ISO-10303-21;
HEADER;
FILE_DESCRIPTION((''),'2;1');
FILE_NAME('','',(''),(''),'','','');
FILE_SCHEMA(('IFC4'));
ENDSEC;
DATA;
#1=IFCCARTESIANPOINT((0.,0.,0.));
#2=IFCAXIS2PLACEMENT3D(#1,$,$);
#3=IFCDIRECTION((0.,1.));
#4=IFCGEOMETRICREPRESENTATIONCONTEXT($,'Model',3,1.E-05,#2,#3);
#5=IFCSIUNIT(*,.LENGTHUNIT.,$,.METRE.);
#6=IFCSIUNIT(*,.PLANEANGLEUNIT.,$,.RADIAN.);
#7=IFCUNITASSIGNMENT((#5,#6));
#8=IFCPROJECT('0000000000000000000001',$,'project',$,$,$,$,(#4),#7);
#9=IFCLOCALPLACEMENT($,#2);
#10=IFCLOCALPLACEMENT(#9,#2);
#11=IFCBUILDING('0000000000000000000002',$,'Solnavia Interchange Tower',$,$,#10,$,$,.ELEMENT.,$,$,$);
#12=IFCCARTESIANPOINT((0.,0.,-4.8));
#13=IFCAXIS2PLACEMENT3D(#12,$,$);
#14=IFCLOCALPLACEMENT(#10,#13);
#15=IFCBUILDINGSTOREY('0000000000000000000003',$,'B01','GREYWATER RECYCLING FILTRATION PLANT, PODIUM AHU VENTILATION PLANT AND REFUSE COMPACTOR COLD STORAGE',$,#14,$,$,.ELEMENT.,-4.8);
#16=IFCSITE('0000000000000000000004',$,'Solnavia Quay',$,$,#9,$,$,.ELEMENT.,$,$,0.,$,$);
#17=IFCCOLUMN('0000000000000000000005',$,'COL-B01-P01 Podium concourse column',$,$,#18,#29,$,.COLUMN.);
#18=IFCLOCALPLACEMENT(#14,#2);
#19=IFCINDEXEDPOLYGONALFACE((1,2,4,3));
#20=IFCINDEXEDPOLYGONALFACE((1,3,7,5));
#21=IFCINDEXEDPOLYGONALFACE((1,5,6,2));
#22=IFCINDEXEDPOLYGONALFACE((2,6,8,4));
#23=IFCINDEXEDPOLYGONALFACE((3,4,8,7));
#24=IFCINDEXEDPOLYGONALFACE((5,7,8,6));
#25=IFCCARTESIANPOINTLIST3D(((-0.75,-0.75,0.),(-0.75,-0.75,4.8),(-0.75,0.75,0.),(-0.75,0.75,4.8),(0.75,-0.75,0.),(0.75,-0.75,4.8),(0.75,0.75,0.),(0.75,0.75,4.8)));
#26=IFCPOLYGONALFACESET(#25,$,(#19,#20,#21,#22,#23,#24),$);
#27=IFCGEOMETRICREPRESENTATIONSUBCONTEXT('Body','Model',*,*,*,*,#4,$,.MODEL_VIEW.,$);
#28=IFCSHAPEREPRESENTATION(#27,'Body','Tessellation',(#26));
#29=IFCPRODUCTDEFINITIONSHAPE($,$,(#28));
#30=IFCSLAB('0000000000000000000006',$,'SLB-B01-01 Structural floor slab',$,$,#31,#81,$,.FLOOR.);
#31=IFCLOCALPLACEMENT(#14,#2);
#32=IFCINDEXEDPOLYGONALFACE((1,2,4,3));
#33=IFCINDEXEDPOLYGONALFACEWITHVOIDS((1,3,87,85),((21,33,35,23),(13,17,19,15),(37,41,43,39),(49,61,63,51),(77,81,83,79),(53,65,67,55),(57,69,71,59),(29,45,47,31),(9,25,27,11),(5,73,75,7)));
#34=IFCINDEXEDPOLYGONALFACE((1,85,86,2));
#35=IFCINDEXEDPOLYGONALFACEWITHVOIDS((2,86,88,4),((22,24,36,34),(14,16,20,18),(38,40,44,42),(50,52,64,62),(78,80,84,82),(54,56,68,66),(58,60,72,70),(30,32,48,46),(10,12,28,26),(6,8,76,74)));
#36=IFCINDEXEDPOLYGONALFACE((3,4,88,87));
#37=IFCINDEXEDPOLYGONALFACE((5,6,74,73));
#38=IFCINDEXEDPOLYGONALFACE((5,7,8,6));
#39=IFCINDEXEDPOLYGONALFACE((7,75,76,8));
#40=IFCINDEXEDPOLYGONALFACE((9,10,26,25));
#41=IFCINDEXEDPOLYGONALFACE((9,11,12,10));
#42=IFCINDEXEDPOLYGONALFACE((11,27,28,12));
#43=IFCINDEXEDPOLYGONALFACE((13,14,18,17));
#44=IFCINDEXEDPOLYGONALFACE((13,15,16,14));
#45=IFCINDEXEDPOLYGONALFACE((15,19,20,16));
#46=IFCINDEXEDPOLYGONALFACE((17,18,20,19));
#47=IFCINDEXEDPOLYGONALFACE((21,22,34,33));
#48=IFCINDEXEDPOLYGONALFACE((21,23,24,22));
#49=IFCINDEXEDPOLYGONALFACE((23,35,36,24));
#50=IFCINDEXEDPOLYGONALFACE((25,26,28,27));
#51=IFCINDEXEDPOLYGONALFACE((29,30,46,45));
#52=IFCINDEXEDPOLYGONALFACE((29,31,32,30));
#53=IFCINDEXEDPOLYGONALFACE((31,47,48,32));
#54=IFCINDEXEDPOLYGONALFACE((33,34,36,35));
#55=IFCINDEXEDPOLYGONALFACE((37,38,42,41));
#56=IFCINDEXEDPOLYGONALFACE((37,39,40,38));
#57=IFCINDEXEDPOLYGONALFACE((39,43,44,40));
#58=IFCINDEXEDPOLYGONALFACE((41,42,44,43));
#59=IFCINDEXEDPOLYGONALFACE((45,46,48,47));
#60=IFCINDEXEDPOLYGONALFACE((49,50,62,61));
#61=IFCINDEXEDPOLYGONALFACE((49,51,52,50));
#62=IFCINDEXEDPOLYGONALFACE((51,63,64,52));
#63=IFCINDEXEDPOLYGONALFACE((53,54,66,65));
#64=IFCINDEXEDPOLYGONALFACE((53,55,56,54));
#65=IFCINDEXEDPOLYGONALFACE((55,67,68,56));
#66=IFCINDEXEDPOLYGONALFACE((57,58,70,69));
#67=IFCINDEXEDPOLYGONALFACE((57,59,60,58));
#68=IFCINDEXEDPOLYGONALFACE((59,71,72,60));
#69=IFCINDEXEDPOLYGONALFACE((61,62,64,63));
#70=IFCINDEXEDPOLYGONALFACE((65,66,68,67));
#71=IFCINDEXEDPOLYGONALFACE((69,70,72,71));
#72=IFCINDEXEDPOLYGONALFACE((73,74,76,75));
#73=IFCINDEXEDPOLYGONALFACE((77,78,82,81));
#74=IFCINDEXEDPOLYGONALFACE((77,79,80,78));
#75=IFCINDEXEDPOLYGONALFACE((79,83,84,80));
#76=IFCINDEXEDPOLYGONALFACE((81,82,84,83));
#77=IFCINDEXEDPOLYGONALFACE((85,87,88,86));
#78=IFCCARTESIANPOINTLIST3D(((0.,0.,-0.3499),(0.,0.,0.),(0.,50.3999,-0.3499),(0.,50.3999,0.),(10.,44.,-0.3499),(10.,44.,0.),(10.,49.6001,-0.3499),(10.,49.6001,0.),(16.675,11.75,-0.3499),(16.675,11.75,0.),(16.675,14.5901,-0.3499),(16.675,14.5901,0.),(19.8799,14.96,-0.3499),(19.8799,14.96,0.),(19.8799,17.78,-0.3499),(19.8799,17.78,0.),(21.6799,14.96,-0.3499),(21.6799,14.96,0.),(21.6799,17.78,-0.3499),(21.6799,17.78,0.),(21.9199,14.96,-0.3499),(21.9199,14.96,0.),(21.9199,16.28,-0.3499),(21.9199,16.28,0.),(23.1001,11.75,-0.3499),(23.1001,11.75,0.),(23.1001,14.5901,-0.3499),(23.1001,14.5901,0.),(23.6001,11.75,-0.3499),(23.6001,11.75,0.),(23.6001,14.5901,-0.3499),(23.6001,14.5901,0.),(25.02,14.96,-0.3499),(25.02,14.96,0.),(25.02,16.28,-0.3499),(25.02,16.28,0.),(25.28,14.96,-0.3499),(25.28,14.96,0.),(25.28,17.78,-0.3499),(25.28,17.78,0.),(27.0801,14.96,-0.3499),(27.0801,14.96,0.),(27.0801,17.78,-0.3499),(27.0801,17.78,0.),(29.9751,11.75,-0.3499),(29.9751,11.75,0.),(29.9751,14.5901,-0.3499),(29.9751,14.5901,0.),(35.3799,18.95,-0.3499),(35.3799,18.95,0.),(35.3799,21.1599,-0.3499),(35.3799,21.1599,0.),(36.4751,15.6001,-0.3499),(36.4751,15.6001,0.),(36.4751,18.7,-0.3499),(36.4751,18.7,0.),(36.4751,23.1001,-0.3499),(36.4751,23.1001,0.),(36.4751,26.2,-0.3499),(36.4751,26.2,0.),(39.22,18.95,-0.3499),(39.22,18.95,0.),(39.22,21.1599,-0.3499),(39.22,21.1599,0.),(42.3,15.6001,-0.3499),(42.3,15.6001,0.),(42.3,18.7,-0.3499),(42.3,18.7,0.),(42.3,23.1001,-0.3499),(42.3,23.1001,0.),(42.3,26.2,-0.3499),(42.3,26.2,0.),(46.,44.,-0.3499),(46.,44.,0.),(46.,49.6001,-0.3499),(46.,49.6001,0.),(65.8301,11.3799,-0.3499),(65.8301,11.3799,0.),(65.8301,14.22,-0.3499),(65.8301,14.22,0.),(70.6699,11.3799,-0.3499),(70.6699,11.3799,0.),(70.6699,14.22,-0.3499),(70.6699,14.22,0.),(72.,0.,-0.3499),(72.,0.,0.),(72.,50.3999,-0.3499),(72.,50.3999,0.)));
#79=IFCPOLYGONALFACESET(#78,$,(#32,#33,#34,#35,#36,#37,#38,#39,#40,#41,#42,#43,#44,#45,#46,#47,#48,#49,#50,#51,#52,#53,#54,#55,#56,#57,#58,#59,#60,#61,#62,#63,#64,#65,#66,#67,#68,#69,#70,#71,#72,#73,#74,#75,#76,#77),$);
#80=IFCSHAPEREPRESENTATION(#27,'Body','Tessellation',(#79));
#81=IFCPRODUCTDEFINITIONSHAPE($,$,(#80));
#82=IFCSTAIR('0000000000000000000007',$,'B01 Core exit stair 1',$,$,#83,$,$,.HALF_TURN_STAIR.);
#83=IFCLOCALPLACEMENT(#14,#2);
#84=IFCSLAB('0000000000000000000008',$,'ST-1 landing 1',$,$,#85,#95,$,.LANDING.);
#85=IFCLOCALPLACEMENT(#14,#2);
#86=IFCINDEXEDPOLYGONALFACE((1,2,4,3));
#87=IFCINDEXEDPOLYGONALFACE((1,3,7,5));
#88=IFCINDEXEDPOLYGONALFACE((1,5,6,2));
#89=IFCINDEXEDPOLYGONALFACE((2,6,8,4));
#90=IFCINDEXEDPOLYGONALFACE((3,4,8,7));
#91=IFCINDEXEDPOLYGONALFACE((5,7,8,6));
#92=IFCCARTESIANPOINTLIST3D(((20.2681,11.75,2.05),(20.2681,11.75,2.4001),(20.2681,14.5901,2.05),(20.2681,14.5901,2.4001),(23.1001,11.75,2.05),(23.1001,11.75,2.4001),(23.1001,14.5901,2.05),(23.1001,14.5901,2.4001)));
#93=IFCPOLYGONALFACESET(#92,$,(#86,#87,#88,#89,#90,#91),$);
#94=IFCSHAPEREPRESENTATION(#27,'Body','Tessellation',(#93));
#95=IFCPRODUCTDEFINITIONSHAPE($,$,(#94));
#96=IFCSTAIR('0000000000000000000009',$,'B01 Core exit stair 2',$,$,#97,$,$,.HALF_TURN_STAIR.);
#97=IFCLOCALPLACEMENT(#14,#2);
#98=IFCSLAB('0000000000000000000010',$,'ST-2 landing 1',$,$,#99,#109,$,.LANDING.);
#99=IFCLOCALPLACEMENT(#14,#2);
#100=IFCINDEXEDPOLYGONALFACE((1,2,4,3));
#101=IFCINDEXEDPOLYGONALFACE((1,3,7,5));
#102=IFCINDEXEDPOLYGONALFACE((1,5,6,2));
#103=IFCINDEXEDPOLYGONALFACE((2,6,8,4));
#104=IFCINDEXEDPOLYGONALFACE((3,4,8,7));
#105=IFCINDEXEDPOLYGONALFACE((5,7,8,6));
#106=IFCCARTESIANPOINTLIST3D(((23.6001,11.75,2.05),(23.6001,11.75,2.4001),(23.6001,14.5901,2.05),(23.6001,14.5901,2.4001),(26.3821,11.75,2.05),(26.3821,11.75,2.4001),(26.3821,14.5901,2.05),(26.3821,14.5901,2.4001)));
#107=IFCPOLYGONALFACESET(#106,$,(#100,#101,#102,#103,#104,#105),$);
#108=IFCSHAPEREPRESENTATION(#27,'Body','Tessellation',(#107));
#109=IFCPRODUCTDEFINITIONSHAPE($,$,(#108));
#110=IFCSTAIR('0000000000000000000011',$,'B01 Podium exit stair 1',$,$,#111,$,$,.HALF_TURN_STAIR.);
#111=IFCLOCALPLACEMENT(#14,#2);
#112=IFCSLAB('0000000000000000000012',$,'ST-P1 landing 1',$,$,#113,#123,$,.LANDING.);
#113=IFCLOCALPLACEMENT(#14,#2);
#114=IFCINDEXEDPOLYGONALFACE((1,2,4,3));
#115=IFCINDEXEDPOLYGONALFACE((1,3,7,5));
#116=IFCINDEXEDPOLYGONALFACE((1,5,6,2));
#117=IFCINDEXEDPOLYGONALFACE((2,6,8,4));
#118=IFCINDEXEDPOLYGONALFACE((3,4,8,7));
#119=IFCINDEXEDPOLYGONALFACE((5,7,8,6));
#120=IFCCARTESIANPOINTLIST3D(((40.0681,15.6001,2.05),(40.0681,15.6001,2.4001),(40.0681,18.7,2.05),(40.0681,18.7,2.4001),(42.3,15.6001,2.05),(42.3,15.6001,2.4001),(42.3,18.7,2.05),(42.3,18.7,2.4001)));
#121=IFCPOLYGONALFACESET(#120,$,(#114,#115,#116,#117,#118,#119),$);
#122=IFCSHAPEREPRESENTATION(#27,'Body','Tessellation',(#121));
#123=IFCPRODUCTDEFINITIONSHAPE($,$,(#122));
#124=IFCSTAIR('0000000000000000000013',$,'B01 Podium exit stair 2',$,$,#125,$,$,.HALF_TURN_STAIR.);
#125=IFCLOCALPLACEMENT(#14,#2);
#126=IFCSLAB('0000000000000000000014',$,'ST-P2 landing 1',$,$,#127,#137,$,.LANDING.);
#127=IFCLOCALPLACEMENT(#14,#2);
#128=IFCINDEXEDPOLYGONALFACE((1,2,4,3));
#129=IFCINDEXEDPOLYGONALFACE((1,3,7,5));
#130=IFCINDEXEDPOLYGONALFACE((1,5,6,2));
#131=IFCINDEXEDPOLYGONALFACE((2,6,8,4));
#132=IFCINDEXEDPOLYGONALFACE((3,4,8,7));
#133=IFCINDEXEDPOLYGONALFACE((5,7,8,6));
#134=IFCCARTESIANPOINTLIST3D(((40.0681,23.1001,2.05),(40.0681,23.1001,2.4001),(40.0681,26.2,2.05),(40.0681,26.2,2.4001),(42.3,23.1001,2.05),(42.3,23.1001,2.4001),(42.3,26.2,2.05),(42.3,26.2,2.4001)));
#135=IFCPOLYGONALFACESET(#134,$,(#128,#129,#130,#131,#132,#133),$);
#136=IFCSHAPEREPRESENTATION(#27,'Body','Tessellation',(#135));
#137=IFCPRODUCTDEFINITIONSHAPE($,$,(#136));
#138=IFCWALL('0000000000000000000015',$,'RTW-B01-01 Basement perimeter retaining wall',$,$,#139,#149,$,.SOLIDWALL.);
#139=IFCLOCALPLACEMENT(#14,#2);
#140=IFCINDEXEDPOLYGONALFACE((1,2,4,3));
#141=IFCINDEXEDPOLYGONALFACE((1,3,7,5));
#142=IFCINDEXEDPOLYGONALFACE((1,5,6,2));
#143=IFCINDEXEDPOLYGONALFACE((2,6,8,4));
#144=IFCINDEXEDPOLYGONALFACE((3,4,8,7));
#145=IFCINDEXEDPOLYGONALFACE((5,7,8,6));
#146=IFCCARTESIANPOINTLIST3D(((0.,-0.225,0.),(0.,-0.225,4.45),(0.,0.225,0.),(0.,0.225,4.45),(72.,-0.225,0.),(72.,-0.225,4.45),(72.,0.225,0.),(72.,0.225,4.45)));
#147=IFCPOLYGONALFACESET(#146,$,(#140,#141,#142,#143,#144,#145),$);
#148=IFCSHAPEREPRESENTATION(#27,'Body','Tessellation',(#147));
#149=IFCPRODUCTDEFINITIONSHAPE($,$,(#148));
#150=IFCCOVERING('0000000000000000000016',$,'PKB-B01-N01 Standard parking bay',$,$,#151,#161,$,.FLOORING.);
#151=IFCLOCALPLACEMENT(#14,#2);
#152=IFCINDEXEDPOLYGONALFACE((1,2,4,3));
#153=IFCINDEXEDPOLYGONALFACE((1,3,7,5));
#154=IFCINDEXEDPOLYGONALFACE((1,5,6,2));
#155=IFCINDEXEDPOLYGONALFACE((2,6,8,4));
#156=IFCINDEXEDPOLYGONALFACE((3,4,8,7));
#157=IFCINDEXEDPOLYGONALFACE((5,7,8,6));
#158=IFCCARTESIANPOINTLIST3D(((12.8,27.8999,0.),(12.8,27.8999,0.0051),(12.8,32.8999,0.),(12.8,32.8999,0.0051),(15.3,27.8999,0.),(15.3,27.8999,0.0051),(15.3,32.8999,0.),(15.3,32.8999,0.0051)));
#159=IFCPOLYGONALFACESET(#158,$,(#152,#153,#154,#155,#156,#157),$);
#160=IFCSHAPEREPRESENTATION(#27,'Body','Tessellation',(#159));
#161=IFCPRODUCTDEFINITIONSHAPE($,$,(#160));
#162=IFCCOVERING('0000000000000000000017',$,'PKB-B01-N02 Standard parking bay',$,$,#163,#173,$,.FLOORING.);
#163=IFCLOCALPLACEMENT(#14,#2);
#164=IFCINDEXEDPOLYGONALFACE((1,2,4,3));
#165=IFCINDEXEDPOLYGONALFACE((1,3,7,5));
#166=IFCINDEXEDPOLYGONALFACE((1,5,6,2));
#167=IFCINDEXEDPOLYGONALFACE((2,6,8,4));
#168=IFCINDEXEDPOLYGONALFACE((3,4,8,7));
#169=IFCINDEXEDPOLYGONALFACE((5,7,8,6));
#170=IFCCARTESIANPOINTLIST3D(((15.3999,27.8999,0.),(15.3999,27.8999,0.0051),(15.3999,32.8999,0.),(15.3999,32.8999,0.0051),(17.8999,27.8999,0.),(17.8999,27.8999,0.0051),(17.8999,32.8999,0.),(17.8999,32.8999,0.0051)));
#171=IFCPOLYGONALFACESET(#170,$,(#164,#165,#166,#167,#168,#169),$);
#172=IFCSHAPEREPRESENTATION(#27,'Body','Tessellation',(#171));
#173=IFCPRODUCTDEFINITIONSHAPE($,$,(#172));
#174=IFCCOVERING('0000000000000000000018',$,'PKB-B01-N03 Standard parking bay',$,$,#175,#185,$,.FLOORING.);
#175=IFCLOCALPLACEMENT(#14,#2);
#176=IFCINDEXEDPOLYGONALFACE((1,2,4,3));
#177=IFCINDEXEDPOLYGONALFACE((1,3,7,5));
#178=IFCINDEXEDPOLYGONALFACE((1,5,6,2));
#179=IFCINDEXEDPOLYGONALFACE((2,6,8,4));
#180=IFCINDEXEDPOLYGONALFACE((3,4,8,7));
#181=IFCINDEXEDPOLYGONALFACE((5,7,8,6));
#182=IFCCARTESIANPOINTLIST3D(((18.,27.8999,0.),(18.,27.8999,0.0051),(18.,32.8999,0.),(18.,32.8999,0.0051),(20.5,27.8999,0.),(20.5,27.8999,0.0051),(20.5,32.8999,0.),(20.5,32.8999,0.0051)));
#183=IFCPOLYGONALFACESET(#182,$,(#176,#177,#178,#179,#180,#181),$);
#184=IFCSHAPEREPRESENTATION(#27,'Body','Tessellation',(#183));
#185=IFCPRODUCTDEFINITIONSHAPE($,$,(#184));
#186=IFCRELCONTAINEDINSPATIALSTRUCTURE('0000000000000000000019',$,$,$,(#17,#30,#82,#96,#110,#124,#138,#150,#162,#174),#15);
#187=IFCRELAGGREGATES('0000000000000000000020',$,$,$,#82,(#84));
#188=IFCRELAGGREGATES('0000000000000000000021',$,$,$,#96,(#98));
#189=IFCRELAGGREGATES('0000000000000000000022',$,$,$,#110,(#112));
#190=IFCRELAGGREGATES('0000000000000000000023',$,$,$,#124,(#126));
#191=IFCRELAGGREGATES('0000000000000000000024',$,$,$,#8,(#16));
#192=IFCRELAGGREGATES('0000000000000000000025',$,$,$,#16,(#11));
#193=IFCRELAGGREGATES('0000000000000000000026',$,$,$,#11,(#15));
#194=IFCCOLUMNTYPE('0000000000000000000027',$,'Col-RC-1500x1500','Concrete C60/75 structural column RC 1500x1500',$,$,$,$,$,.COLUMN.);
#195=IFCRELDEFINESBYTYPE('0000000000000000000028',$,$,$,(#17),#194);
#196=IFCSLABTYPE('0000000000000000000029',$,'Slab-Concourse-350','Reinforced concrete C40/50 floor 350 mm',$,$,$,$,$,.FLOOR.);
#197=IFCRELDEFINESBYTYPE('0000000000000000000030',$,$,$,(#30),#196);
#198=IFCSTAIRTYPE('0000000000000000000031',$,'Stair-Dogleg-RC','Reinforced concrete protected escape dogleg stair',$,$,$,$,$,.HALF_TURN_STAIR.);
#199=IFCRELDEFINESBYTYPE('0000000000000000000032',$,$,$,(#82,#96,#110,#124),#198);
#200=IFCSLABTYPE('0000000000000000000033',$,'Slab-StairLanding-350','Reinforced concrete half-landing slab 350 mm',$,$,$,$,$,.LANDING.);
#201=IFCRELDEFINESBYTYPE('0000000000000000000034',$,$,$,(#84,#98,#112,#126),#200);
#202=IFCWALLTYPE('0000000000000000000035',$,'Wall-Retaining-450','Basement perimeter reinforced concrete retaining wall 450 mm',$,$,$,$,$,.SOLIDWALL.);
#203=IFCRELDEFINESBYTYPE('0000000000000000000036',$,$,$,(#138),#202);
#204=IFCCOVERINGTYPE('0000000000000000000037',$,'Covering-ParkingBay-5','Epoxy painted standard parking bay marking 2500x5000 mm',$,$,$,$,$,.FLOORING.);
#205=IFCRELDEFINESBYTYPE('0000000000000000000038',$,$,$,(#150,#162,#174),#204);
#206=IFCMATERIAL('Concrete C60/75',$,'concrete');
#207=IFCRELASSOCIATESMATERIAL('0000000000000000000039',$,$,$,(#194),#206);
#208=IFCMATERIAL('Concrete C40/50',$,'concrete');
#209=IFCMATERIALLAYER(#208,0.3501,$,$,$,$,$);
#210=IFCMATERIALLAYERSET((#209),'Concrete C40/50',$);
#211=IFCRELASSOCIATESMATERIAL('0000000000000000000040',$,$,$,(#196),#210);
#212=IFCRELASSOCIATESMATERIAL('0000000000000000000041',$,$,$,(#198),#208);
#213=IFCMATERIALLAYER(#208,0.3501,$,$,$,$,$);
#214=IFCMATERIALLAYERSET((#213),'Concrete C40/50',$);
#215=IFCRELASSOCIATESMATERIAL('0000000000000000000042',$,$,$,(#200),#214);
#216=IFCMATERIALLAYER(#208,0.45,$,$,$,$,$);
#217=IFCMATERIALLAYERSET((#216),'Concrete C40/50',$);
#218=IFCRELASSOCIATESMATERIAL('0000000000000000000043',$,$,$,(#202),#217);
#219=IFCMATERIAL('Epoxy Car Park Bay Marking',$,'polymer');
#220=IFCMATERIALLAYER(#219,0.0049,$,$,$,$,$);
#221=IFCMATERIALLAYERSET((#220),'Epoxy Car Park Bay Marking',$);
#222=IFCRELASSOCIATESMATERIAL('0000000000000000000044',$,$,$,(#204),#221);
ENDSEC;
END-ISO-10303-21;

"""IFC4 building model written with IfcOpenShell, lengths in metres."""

from ifc_helpers import new_model, si_unit, direction, frame, frame_2d, origin, origin_with_axes, origin_2d, place, context, subcontext, project, spatial, polyline, rectangle, outline, extrude, material, layer, layer_set, material_profile, profile_set, type_object, element, aggregate, save


model = new_model("IFC4")

# Units and contexts
model_context = context("Model", 3, precision=1e-05, world=origin(), true_north=direction((0.0, 1.0)))
body_context = subcontext(model_context, "Body", "Model", "MODEL_VIEW")
ifc_project = project(units=[si_unit("LENGTHUNIT", "METRE"), si_unit("PLANEANGLEUNIT", "RADIAN")], contexts=[model_context])

# Site, building, storey
site_placement = place(None, origin())
site = spatial("IfcSite", under=ifc_project, at=site_placement, Name="Solnavia Quay", CompositionType="ELEMENT", RefElevation=0.0)
building_placement = place(site_placement, origin())
building = spatial("IfcBuilding", under=site, at=building_placement, Name="Solnavia Interchange Tower", CompositionType="ELEMENT")
storey_placement = place(building_placement, frame((0.0, 0.0, -4.8)))
storey = spatial("IfcBuildingStorey", under=building, at=storey_placement, Name="B01", Description="GREYWATER RECYCLING FILTRATION PLANT, PODIUM AHU VENTILATION PLANT AND REFUSE COMPACTOR COLD STORAGE", CompositionType="ELEMENT", Elevation=-4.8)

# Column
ifc_material_1 = material(Name="Concrete C60/75", Category="concrete")
ifc_material_profile = material_profile(ifc_material_1, rectangle(XDim=1.5, YDim=1.5, at=origin_2d()), Name="RC 1500x1500")
ifc_profile_set = profile_set([ifc_material_profile], Name="Concrete C60/75")
column_type = type_object("IfcColumnType", Name="Col-RC-1500x1500", Description="Concrete C60/75 structural column RC 1500x1500", PredefinedType="COLUMN", material=ifc_profile_set)
column_placement = place(storey_placement, origin_with_axes())
element("IfcColumn", 1, at=column_placement, inside=storey, type_object=column_type, Name="COL-B01-P01 Podium concourse column", PredefinedType="COLUMN", context=body_context, shape_type="SweptSolid", body=[
    extrude(rectangle(XDim=1.5, YDim=1.5, at=origin_2d()), origin(), (0.0, 0.0, 1.0), 4.8),
])

# Slab
ifc_material_2 = material(Name="Concrete C40/50", Category="concrete")
ifc_layer_1 = layer(ifc_material_2, 0.3501)
ifc_layer_set_1 = layer_set([ifc_layer_1], Name="Concrete C40/50")
slab_type_1 = type_object("IfcSlabType", Name="Slab-Concourse-350", Description="Reinforced concrete C40/50 floor 350 mm", PredefinedType="FLOOR", material=ifc_layer_set_1)
slab_1_placement = place(storey_placement, frame((0.0, 0.0, -0.3499)))
element("IfcSlab", 2, at=slab_1_placement, inside=storey, type_object=slab_type_1, Name="SLB-B01-01 Structural floor slab", PredefinedType="FLOOR", context=body_context, shape_type="SweptSolid", body=[
    extrude(outline(polyline([(0.0, 0.0), (72.0, 0.0), (72.0, 50.3999), (0.0, 50.3999), (0.0, 0.0)]), holes=[polyline([(16.675, 11.75), (23.1001, 11.75), (23.1001, 14.5901), (16.675, 14.5901), (16.675, 11.75)]), polyline([(23.6001, 11.75), (29.9751, 11.75), (29.9751, 14.5901), (23.6001, 14.5901), (23.6001, 11.75)]), polyline([(36.4751, 15.6001), (42.3, 15.6001), (42.3, 18.7), (36.4751, 18.7), (36.4751, 15.6001)]), polyline([(36.4751, 23.1001), (42.3, 23.1001), (42.3, 26.2), (36.4751, 26.2), (36.4751, 23.1001)]), polyline([(19.8799, 14.96), (21.6799, 14.96), (21.6799, 17.78), (19.8799, 17.78), (19.8799, 14.96)]), polyline([(25.28, 14.96), (27.0801, 14.96), (27.0801, 17.78), (25.28, 17.78), (25.28, 14.96)]), polyline([(21.9199, 14.96), (25.02, 14.96), (25.02, 16.28), (21.9199, 16.28), (21.9199, 14.96)]), polyline([(35.3799, 18.95), (39.22, 18.95), (39.22, 21.1599), (35.3799, 21.1599), (35.3799, 18.95)]), polyline([(10.0, 44.0), (46.0, 44.0), (46.0, 49.6001), (10.0, 49.6001), (10.0, 44.0)]), polyline([(65.8301, 11.3799), (70.6699, 11.3799), (70.6699, 14.22), (65.8301, 14.22), (65.8301, 11.3799)])]), origin(), (0.0, 0.0, 1.0), 0.3499),
])

# Stairs, slabs
stair_type = type_object("IfcStairType", Name="Stair-Dogleg-RC", Description="Reinforced concrete protected escape dogleg stair", PredefinedType="HALF_TURN_STAIR", material=ifc_material_2)
stair_1_placement = place(storey_placement, origin())
stair_1 = element("IfcStair", 3, at=stair_1_placement, inside=storey, type_object=stair_type, Name="B01 Core exit stair 1", PredefinedType="HALF_TURN_STAIR")
ifc_layer_2 = layer(ifc_material_2, 0.3501)
ifc_layer_set_2 = layer_set([ifc_layer_2], Name="Concrete C40/50")
slab_type_2 = type_object("IfcSlabType", Name="Slab-StairLanding-350", Description="Reinforced concrete half-landing slab 350 mm", PredefinedType="LANDING", material=ifc_layer_set_2)
slab_2_placement = place(storey_placement, frame((0.0, 0.0, 2.05)))
slab_2 = element("IfcSlab", 4, at=slab_2_placement, type_object=slab_type_2, Name="ST-1 landing 1", PredefinedType="LANDING", context=body_context, shape_type="SweptSolid", body=[
    extrude(outline(polyline([(20.2681, 11.75), (23.1001, 11.75), (23.1001, 14.5901), (20.2681, 14.5901), (20.2681, 11.75)])), origin(), (0.0, 0.0, 1.0), 0.3501),
])
aggregate(stair_1, [slab_2])
stair_2_placement = place(storey_placement, origin())
stair_2 = element("IfcStair", 5, at=stair_2_placement, inside=storey, type_object=stair_type, Name="B01 Core exit stair 2", PredefinedType="HALF_TURN_STAIR")
slab_3_placement = place(storey_placement, frame((0.0, 0.0, 2.05)))
slab_3 = element("IfcSlab", 6, at=slab_3_placement, type_object=slab_type_2, Name="ST-2 landing 1", PredefinedType="LANDING", context=body_context, shape_type="SweptSolid", body=[
    extrude(outline(polyline([(23.6001, 11.75), (26.3821, 11.75), (26.3821, 14.5901), (23.6001, 14.5901), (23.6001, 11.75)])), origin(), (0.0, 0.0, 1.0), 0.3501),
])
aggregate(stair_2, [slab_3])
stair_3_placement = place(storey_placement, origin())
stair_3 = element("IfcStair", 7, at=stair_3_placement, inside=storey, type_object=stair_type, Name="B01 Podium exit stair 1", PredefinedType="HALF_TURN_STAIR")
slab_4_placement = place(storey_placement, frame((0.0, 0.0, 2.05)))
slab_4 = element("IfcSlab", 8, at=slab_4_placement, type_object=slab_type_2, Name="ST-P1 landing 1", PredefinedType="LANDING", context=body_context, shape_type="SweptSolid", body=[
    extrude(outline(polyline([(40.0681, 15.6001), (42.3, 15.6001), (42.3, 18.7), (40.0681, 18.7), (40.0681, 15.6001)])), origin(), (0.0, 0.0, 1.0), 0.3501),
])
aggregate(stair_3, [slab_4])
stair_4_placement = place(storey_placement, origin())
stair_4 = element("IfcStair", 9, at=stair_4_placement, inside=storey, type_object=stair_type, Name="B01 Podium exit stair 2", PredefinedType="HALF_TURN_STAIR")
slab_5_placement = place(storey_placement, frame((0.0, 0.0, 2.05)))
slab_5 = element("IfcSlab", 10, at=slab_5_placement, type_object=slab_type_2, Name="ST-P2 landing 1", PredefinedType="LANDING", context=body_context, shape_type="SweptSolid", body=[
    extrude(outline(polyline([(40.0681, 23.1001), (42.3, 23.1001), (42.3, 26.2), (40.0681, 26.2), (40.0681, 23.1001)])), origin(), (0.0, 0.0, 1.0), 0.3501),
])
aggregate(stair_4, [slab_5])

# Wall
ifc_layer_3 = layer(ifc_material_2, 0.45)
ifc_layer_set_3 = layer_set([ifc_layer_3], Name="Concrete C40/50")
wall_type = type_object("IfcWallType", Name="Wall-Retaining-450", Description="Basement perimeter reinforced concrete retaining wall 450 mm", PredefinedType="SOLIDWALL", material=ifc_layer_set_3)
wall_placement = place(storey_placement, origin_with_axes())
element("IfcWall", 11, at=wall_placement, inside=storey, type_object=wall_type, Name="RTW-B01-01 Basement perimeter retaining wall", PredefinedType="SOLIDWALL", context=body_context, shape_type="SweptSolid", body=[
    extrude(rectangle(XDim=72.0, YDim=0.45, at=frame_2d((36.0, 0.0))), origin(), (0.0, 0.0, 1.0), 4.45),
])

# Coverings
ifc_material_3 = material(Name="Epoxy Car Park Bay Marking", Category="polymer")
ifc_layer_4 = layer(ifc_material_3, 0.0049)
ifc_layer_set_4 = layer_set([ifc_layer_4], Name="Epoxy Car Park Bay Marking")
covering_type = type_object("IfcCoveringType", Name="Covering-ParkingBay-5", Description="Epoxy painted standard parking bay marking 2500x5000 mm", PredefinedType="FLOORING", material=ifc_layer_set_4)
covering_1_placement = place(storey_placement, origin())
element("IfcCovering", 12, at=covering_1_placement, inside=storey, type_object=covering_type, Name="PKB-B01-N01 Standard parking bay", PredefinedType="FLOORING", context=body_context, shape_type="SweptSolid", body=[
    extrude(outline(polyline([(12.8, 27.8999), (15.3, 27.8999), (15.3, 32.8999), (12.8, 32.8999), (12.8, 27.8999)])), origin(), (0.0, 0.0, 1.0), 0.0051),
])
covering_2_placement = place(storey_placement, origin())
element("IfcCovering", 13, at=covering_2_placement, inside=storey, type_object=covering_type, Name="PKB-B01-N02 Standard parking bay", PredefinedType="FLOORING", context=body_context, shape_type="SweptSolid", body=[
    extrude(outline(polyline([(15.3999, 27.8999), (17.8999, 27.8999), (17.8999, 32.8999), (15.3999, 32.8999), (15.3999, 27.8999)])), origin(), (0.0, 0.0, 1.0), 0.0051),
])
covering_3_placement = place(storey_placement, origin())
element("IfcCovering", 14, at=covering_3_placement, inside=storey, type_object=covering_type, Name="PKB-B01-N03 Standard parking bay", PredefinedType="FLOORING", context=body_context, shape_type="SweptSolid", body=[
    extrude(outline(polyline([(18.0, 27.8999), (20.5, 27.8999), (20.5, 32.8999), (18.0, 32.8999), (18.0, 27.8999)])), origin(), (0.0, 0.0, 1.0), 0.0051),
])

save(model, "model.ifc")
